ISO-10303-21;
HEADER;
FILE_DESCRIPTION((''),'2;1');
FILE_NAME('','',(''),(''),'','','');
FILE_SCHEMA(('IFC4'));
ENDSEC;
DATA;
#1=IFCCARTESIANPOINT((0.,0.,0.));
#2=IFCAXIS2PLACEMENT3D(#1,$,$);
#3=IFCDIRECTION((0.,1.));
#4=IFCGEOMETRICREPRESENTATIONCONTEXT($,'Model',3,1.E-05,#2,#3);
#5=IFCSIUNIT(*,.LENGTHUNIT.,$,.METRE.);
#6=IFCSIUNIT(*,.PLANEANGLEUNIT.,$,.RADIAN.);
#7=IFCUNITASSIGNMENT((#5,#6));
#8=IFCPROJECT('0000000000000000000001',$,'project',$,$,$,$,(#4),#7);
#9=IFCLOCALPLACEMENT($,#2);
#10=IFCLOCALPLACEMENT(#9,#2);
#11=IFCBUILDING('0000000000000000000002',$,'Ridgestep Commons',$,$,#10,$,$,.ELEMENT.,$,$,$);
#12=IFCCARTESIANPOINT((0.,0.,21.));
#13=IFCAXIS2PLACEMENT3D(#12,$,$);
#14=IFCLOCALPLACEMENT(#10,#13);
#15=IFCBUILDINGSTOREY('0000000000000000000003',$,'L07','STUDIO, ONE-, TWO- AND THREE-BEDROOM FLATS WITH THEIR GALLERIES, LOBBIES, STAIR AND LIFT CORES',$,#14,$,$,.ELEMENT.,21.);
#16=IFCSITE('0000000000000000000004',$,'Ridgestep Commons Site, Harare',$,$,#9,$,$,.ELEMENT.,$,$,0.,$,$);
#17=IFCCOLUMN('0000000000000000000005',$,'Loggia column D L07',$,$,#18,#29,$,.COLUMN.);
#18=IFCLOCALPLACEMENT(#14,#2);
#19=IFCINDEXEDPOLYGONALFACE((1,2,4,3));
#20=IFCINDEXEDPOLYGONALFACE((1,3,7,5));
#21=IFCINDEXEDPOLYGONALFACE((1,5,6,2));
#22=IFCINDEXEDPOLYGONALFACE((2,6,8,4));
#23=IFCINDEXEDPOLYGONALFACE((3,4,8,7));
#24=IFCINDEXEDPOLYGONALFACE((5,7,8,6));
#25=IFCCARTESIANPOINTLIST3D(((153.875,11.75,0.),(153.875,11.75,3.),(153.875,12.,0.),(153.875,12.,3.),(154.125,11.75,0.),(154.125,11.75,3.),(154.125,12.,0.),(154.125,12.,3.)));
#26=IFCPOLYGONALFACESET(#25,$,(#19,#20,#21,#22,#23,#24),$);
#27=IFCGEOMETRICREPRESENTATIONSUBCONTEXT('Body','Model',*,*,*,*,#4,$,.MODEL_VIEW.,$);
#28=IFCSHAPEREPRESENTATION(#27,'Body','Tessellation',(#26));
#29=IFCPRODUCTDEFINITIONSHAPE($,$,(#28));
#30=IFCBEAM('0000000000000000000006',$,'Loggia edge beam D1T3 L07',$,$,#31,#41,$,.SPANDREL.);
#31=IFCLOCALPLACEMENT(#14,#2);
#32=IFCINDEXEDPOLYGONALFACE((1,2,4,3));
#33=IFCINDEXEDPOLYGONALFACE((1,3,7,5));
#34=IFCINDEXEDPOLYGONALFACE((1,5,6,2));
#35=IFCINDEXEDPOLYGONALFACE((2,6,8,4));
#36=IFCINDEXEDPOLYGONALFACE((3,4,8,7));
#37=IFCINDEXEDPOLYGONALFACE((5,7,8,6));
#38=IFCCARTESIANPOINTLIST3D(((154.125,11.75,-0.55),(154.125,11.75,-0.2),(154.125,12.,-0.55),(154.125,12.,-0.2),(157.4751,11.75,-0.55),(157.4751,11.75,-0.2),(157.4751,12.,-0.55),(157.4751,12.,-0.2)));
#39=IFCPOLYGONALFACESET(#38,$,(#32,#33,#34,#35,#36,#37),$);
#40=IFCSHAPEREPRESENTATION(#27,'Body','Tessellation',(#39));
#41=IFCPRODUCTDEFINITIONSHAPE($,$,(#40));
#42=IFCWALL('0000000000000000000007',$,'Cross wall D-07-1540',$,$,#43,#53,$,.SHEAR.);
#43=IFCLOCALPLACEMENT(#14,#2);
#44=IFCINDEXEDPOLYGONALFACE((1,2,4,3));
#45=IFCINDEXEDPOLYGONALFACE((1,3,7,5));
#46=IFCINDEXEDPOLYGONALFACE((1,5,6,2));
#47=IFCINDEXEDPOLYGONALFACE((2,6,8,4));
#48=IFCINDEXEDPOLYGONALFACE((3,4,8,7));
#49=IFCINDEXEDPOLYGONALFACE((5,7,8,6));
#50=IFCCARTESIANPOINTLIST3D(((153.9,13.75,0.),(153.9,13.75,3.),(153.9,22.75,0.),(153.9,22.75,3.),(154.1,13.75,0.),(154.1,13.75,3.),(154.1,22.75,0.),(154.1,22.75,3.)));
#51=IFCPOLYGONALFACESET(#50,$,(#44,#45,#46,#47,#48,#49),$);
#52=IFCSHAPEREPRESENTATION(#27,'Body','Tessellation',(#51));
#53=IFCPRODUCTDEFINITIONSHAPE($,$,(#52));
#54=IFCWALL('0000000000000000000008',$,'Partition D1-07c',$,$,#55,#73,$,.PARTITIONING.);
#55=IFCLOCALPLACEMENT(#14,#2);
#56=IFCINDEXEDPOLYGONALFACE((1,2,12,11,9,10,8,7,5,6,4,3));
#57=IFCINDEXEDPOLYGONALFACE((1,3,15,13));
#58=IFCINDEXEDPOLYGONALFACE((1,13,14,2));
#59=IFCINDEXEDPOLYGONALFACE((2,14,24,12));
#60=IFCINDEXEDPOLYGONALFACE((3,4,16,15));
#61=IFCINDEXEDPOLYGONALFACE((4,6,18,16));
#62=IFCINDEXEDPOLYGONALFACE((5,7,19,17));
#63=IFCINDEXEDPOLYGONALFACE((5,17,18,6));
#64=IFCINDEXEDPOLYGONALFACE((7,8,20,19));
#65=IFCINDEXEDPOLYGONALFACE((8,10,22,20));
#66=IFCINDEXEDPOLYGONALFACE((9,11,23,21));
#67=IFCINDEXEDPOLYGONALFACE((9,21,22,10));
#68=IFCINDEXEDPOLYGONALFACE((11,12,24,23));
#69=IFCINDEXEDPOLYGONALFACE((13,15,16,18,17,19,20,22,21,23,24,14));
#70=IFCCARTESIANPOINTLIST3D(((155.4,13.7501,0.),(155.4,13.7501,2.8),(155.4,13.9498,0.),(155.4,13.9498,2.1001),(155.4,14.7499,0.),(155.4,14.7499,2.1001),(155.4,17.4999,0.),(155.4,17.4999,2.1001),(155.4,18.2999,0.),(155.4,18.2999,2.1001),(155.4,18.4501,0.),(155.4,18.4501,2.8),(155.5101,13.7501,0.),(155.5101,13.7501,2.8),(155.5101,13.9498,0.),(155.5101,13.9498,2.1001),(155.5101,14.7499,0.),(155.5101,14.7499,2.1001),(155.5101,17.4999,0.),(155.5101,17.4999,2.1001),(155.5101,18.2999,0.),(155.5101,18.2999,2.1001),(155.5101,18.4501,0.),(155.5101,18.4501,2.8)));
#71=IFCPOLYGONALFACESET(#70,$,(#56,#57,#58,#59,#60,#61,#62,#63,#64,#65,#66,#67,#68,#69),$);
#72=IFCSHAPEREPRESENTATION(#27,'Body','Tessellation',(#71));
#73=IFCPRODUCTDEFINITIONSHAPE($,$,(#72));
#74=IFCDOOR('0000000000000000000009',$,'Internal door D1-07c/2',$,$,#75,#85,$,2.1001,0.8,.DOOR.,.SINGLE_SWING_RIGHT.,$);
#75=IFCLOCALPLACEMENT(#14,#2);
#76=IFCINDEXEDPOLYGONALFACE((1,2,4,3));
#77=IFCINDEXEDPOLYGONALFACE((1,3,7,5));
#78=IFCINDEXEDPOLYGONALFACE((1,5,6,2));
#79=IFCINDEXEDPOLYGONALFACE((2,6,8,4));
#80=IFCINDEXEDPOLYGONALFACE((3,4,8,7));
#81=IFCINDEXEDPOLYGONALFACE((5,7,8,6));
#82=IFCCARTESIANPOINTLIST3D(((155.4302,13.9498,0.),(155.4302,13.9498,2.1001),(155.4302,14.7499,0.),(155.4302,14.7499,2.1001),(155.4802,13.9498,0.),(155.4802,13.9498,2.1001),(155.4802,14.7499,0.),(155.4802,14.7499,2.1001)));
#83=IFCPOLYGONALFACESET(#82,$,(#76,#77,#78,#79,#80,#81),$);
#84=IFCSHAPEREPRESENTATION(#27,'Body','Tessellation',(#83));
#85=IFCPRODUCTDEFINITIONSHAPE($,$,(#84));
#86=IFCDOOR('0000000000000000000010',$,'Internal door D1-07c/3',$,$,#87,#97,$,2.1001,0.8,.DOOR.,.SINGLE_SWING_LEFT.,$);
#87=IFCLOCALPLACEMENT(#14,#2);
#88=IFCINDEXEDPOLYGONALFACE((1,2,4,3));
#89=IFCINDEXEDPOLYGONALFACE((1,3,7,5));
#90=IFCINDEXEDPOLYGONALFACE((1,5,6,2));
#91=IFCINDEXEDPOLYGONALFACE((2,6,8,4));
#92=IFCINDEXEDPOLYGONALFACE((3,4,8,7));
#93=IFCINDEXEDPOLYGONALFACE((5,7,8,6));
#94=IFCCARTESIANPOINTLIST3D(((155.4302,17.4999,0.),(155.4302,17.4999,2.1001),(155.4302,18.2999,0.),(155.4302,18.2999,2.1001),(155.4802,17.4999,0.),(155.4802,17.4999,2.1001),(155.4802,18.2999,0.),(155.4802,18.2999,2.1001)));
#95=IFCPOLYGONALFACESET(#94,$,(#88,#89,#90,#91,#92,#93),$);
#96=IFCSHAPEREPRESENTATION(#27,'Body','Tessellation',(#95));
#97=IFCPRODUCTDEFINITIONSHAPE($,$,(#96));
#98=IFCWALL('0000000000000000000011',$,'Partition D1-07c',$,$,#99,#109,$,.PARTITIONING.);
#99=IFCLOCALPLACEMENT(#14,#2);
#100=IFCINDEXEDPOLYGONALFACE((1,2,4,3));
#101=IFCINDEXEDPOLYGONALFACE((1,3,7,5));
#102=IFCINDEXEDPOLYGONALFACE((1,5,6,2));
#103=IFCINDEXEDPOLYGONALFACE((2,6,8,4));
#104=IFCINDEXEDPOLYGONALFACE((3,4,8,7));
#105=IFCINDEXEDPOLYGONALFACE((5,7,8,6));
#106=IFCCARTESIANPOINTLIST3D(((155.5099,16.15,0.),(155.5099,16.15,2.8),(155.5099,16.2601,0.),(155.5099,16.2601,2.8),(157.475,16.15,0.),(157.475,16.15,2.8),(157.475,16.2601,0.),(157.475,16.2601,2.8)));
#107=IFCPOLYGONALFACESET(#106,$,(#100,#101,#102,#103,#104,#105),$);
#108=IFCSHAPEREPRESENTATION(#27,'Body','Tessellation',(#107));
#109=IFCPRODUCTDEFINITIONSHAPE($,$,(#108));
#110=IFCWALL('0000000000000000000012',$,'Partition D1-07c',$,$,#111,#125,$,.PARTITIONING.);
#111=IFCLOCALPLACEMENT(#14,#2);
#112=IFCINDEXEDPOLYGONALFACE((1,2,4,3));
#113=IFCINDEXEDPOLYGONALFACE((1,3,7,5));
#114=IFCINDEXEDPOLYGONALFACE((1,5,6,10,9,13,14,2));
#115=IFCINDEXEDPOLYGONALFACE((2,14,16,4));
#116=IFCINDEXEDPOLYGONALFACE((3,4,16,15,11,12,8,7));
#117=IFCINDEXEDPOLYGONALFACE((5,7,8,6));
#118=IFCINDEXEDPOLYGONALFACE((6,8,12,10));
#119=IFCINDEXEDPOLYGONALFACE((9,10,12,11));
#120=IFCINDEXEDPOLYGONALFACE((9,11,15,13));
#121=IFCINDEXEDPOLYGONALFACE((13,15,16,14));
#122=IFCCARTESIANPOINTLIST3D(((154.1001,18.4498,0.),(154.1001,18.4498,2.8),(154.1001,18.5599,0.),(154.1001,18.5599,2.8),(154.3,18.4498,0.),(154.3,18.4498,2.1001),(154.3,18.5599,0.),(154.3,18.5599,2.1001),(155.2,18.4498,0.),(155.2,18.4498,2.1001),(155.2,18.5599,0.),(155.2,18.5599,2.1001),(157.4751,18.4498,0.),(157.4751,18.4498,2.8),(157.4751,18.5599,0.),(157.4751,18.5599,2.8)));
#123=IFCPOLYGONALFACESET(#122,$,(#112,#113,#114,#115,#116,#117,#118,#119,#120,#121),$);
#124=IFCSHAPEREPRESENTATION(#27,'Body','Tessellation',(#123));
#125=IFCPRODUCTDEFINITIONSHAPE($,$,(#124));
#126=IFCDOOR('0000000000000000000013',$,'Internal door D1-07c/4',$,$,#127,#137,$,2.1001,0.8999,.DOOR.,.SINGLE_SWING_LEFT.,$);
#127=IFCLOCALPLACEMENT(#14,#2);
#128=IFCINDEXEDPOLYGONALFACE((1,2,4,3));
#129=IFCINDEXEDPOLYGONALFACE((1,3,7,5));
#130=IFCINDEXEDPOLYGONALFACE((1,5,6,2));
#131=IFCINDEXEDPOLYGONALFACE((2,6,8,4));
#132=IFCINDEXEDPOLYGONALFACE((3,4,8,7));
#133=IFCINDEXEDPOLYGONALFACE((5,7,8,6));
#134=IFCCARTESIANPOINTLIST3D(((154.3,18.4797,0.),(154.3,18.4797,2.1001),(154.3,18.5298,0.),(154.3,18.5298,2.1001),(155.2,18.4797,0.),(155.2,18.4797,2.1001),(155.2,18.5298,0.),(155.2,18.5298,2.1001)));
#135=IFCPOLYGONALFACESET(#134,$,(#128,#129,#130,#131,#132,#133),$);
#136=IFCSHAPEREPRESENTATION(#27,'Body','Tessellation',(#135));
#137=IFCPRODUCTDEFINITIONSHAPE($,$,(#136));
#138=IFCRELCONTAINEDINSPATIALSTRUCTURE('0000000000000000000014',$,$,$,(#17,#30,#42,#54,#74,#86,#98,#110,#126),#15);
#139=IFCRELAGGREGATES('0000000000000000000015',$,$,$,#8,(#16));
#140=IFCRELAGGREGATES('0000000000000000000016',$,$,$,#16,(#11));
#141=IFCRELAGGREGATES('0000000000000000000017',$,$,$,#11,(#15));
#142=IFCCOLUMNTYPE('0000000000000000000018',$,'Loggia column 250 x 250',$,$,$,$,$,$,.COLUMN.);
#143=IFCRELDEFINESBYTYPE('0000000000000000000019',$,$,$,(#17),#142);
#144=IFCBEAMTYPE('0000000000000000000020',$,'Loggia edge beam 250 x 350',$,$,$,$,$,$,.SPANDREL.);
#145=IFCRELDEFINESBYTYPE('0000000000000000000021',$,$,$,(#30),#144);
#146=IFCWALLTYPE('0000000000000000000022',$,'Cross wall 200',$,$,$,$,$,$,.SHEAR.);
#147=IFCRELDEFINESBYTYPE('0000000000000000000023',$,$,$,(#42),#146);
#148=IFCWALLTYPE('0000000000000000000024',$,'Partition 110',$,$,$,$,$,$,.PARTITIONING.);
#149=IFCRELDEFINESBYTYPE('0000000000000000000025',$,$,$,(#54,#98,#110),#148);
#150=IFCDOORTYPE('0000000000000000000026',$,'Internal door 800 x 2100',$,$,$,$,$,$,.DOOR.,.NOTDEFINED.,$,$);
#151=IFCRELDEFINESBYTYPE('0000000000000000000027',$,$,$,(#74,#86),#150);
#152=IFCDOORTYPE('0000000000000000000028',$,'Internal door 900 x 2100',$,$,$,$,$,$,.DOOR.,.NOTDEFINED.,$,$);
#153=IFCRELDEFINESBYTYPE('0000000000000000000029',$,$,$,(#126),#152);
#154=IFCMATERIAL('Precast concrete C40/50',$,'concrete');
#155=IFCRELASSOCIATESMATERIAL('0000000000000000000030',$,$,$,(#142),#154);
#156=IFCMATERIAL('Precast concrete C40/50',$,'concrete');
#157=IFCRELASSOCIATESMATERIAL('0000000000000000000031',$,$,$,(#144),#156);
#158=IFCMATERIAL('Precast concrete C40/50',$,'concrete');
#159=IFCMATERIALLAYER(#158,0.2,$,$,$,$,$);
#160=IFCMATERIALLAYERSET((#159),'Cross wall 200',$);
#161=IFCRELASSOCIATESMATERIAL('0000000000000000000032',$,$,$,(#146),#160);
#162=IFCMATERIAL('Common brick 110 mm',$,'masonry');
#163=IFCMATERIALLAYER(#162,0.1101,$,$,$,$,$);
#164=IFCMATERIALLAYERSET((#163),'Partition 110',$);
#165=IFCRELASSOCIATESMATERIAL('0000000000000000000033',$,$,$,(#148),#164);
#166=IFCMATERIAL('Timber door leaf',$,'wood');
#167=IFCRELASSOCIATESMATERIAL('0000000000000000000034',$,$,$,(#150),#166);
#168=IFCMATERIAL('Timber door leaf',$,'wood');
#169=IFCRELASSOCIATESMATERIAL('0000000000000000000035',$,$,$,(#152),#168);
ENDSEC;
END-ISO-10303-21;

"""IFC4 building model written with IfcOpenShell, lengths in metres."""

from ifc_helpers import new_model, si_unit, direction, frame, frame_2d, origin, origin_2d, place, context, subcontext, project, spatial, rectangle, extrude, material, layer, layer_set, material_profile, profile_set, type_object, element, fill, save


model = new_model("IFC4")

# Units and contexts
model_context = context("Model", 3, precision=1e-05, world=origin(), true_north=direction((0.0, 1.0)))
body_context = subcontext(model_context, "Body", "Model", "MODEL_VIEW")
ifc_project = project(units=[si_unit("LENGTHUNIT", "METRE"), si_unit("PLANEANGLEUNIT", "RADIAN")], contexts=[model_context])

# Site, building, storey
site_placement = place(None, origin())
site = spatial("IfcSite", under=ifc_project, at=site_placement, Name="Ridgestep Commons Site, Harare", CompositionType="ELEMENT", RefElevation=0.0)
building_placement = place(site_placement, origin())
building = spatial("IfcBuilding", under=site, at=building_placement, Name="Ridgestep Commons", CompositionType="ELEMENT")
storey_placement = place(building_placement, frame((0.0, 0.0, 21.0)))
storey = spatial("IfcBuildingStorey", under=building, at=storey_placement, Name="L07", Description="STUDIO, ONE-, TWO- AND THREE-BEDROOM FLATS WITH THEIR GALLERIES, LOBBIES, STAIR AND LIFT CORES", CompositionType="ELEMENT", Elevation=21.0)

# Column
ifc_material_1 = material(Name="Precast concrete C40/50", Category="concrete")
ifc_material_profile_1 = material_profile(ifc_material_1, rectangle(XDim=0.25, YDim=0.25, at=origin_2d()), Name="PC 250x250")
ifc_profile_set_1 = profile_set([ifc_material_profile_1], Name="Precast concrete C40/50")
column_type = type_object("IfcColumnType", Name="Loggia column 250 x 250", PredefinedType="COLUMN", material=ifc_profile_set_1)
column_placement = place(storey_placement, frame((154.0, 11.875, 0.0), z_axis=(0.0, 0.0, 1.0), x_axis=(1.0, 0.0, 0.0)))
element("IfcColumn", 1, at=column_placement, inside=storey, type_object=column_type, Name="Loggia column D L07", PredefinedType="COLUMN", context=body_context, shape_type="SweptSolid", body=[
    extrude(rectangle(XDim=0.25, YDim=0.25, at=origin_2d()), origin(), (0.0, 0.0, 1.0), 3.0),
])

# Beam
ifc_material_2 = material(Name="Precast concrete C40/50", Category="concrete")
ifc_material_profile_2 = material_profile(ifc_material_2, rectangle(XDim=0.25, YDim=0.3501, at=origin_2d()), Name="PC 250x350")
ifc_profile_set_2 = profile_set([ifc_material_profile_2], Name="Precast concrete C40/50")
beam_type = type_object("IfcBeamType", Name="Loggia edge beam 250 x 350", PredefinedType="SPANDREL", material=ifc_profile_set_2)
beam_placement = place(storey_placement, frame((154.125, 11.875, -0.375), z_axis=(1.0, 0.0, 0.0), x_axis=(0.0, 1.0, 0.0)))
element("IfcBeam", 2, at=beam_placement, inside=storey, type_object=beam_type, Name="Loggia edge beam D1T3 L07", PredefinedType="SPANDREL", context=body_context, shape_type="SweptSolid", body=[
    extrude(rectangle(XDim=0.25, YDim=0.3501, at=origin_2d()), origin(), (0.0, 0.0, 1.0), 3.3501),
])

# Wall
ifc_material_3 = material(Name="Precast concrete C40/50", Category="concrete")
ifc_layer_1 = layer(ifc_material_3, 0.2)
ifc_layer_set_1 = layer_set([ifc_layer_1], Name="Cross wall 200")
wall_type_1 = type_object("IfcWallType", Name="Cross wall 200", PredefinedType="SHEAR", material=ifc_layer_set_1)
wall_1_placement = place(storey_placement, frame((154.0, 13.75, 0.0), z_axis=(0.0, 0.0, 1.0), x_axis=(0.0, 1.0, 0.0)))
element("IfcWall", 3, at=wall_1_placement, inside=storey, type_object=wall_type_1, Name="Cross wall D-07-1540", PredefinedType="SHEAR", context=body_context, shape_type="SweptSolid", body=[
    extrude(rectangle(XDim=9.0, YDim=0.2, at=frame_2d((4.5, 0.0))), origin(), (0.0, 0.0, 1.0), 3.0),
])

# Wall, openings, doors
ifc_material_4 = material(Name="Common brick 110 mm", Category="masonry")
ifc_layer_2 = layer(ifc_material_4, 0.1101)
ifc_layer_set_2 = layer_set([ifc_layer_2], Name="Partition 110")
wall_type_2 = type_object("IfcWallType", Name="Partition 110", PredefinedType="PARTITIONING", material=ifc_layer_set_2)
wall_2_placement = place(storey_placement, frame((155.4551, 13.75, 0.0), z_axis=(0.0, 0.0, 1.0), x_axis=(0.0, 1.0, 0.0)))
wall_2 = element("IfcWall", 4, at=wall_2_placement, inside=storey, type_object=wall_type_2, Name="Partition D1-07c", PredefinedType="PARTITIONING", context=body_context, shape_type="SweptSolid", body=[
    extrude(rectangle(XDim=4.7, YDim=0.1101, at=frame_2d((2.3501, 0.0))), origin(), (0.0, 0.0, 1.0), 2.8),
])
opening_1_placement = place(wall_2_placement, frame((0.2, 0.0, 0.0)))
opening_1 = element("IfcOpeningElement", 5, at=opening_1_placement, cuts=wall_2, PredefinedType="OPENING", context=body_context, shape_type="SweptSolid", body=[
    extrude(rectangle(XDim=0.8, YDim=2.1001, at=frame_2d((0.3999, 1.05))), frame((0.0, 0.0649, 0.0), z_axis=(0.0, -1.0, 0.0), x_axis=(1.0, 0.0, 0.0)), (0.0, 0.0, 1.0), 0.1301),
])
opening_2_placement = place(wall_2_placement, frame((3.75, 0.0, 0.0)))
opening_2 = element("IfcOpeningElement", 6, at=opening_2_placement, cuts=wall_2, PredefinedType="OPENING", context=body_context, shape_type="SweptSolid", body=[
    extrude(rectangle(XDim=0.8, YDim=2.1001, at=frame_2d((0.3999, 1.05))), frame((0.0, 0.0649, 0.0), z_axis=(0.0, -1.0, 0.0), x_axis=(1.0, 0.0, 0.0)), (0.0, 0.0, 1.0), 0.1301),
])
ifc_material_5 = material(Name="Timber door leaf", Category="wood")
door_type_1 = type_object("IfcDoorType", Name="Internal door 800 x 2100", OperationType="NOTDEFINED", PredefinedType="DOOR", material=ifc_material_5)
door_1_placement = place(opening_1_placement, origin())
door_1 = element("IfcDoor", 7, at=door_1_placement, inside=storey, type_object=door_type_1, Name="Internal door D1-07c/2", OperationType="SINGLE_SWING_RIGHT", OverallHeight=2.1001, OverallWidth=0.8, PredefinedType="DOOR", context=body_context, shape_type="SweptSolid", body=[
    extrude(rectangle(XDim=0.8, YDim=2.1001, at=frame_2d((0.3999, 1.05))), frame((0.0, 0.0249, 0.0), z_axis=(0.0, -1.0, 0.0), x_axis=(1.0, 0.0, 0.0)), (0.0, 0.0, 1.0), 0.05),
])
fill(opening_1, door_1)
door_2_placement = place(opening_2_placement, origin())
door_2 = element("IfcDoor", 8, at=door_2_placement, inside=storey, type_object=door_type_1, Name="Internal door D1-07c/3", OperationType="SINGLE_SWING_LEFT", OverallHeight=2.1001, OverallWidth=0.8, PredefinedType="DOOR", context=body_context, shape_type="SweptSolid", body=[
    extrude(rectangle(XDim=0.8, YDim=2.1001, at=frame_2d((0.3999, 1.05))), frame((0.0, 0.0249, 0.0), z_axis=(0.0, -1.0, 0.0), x_axis=(1.0, 0.0, 0.0)), (0.0, 0.0, 1.0), 0.05),
])
fill(opening_2, door_2)

# Wall
wall_3_placement = place(storey_placement, frame((155.51, 16.2051, 0.0), z_axis=(0.0, 0.0, 1.0), x_axis=(1.0, 0.0, 0.0)))
element("IfcWall", 9, at=wall_3_placement, inside=storey, type_object=wall_type_2, Name="Partition D1-07c", PredefinedType="PARTITIONING", context=body_context, shape_type="SweptSolid", body=[
    extrude(rectangle(XDim=1.9651, YDim=0.1101, at=frame_2d((0.9824, 0.0))), origin(), (0.0, 0.0, 1.0), 2.8),
])

# Wall, opening, door
wall_4_placement = place(storey_placement, frame((154.1001, 18.5049, 0.0), z_axis=(0.0, 0.0, 1.0), x_axis=(1.0, 0.0, 0.0)))
wall_4 = element("IfcWall", 10, at=wall_4_placement, inside=storey, type_object=wall_type_2, Name="Partition D1-07c", PredefinedType="PARTITIONING", context=body_context, shape_type="SweptSolid", body=[
    extrude(rectangle(XDim=3.375, YDim=0.1101, at=frame_2d((1.6875, 0.0))), origin(), (0.0, 0.0, 1.0), 2.8),
])
opening_3_placement = place(wall_4_placement, frame((0.2, 0.0, 0.0)))
opening_3 = element("IfcOpeningElement", 11, at=opening_3_placement, cuts=wall_4, PredefinedType="OPENING", context=body_context, shape_type="SweptSolid", body=[
    extrude(rectangle(XDim=0.8999, YDim=2.1001, at=frame_2d((0.45, 1.05))), frame((0.0, 0.0649, 0.0), z_axis=(0.0, -1.0, 0.0), x_axis=(1.0, 0.0, 0.0)), (0.0, 0.0, 1.0), 0.1301),
])
ifc_material_6 = material(Name="Timber door leaf", Category="wood")
door_type_2 = type_object("IfcDoorType", Name="Internal door 900 x 2100", OperationType="NOTDEFINED", PredefinedType="DOOR", material=ifc_material_6)
door_3_placement = place(opening_3_placement, origin())
door_3 = element("IfcDoor", 12, at=door_3_placement, inside=storey, type_object=door_type_2, Name="Internal door D1-07c/4", OperationType="SINGLE_SWING_LEFT", OverallHeight=2.1001, OverallWidth=0.8999, PredefinedType="DOOR", context=body_context, shape_type="SweptSolid", body=[
    extrude(rectangle(XDim=0.8999, YDim=2.1001, at=frame_2d((0.45, 1.05))), frame((0.0, 0.0249, 0.0), z_axis=(0.0, -1.0, 0.0), x_axis=(1.0, 0.0, 0.0)), (0.0, 0.0, 1.0), 0.05),
])
fill(opening_3, door_3)

save(model, "model.ifc")
